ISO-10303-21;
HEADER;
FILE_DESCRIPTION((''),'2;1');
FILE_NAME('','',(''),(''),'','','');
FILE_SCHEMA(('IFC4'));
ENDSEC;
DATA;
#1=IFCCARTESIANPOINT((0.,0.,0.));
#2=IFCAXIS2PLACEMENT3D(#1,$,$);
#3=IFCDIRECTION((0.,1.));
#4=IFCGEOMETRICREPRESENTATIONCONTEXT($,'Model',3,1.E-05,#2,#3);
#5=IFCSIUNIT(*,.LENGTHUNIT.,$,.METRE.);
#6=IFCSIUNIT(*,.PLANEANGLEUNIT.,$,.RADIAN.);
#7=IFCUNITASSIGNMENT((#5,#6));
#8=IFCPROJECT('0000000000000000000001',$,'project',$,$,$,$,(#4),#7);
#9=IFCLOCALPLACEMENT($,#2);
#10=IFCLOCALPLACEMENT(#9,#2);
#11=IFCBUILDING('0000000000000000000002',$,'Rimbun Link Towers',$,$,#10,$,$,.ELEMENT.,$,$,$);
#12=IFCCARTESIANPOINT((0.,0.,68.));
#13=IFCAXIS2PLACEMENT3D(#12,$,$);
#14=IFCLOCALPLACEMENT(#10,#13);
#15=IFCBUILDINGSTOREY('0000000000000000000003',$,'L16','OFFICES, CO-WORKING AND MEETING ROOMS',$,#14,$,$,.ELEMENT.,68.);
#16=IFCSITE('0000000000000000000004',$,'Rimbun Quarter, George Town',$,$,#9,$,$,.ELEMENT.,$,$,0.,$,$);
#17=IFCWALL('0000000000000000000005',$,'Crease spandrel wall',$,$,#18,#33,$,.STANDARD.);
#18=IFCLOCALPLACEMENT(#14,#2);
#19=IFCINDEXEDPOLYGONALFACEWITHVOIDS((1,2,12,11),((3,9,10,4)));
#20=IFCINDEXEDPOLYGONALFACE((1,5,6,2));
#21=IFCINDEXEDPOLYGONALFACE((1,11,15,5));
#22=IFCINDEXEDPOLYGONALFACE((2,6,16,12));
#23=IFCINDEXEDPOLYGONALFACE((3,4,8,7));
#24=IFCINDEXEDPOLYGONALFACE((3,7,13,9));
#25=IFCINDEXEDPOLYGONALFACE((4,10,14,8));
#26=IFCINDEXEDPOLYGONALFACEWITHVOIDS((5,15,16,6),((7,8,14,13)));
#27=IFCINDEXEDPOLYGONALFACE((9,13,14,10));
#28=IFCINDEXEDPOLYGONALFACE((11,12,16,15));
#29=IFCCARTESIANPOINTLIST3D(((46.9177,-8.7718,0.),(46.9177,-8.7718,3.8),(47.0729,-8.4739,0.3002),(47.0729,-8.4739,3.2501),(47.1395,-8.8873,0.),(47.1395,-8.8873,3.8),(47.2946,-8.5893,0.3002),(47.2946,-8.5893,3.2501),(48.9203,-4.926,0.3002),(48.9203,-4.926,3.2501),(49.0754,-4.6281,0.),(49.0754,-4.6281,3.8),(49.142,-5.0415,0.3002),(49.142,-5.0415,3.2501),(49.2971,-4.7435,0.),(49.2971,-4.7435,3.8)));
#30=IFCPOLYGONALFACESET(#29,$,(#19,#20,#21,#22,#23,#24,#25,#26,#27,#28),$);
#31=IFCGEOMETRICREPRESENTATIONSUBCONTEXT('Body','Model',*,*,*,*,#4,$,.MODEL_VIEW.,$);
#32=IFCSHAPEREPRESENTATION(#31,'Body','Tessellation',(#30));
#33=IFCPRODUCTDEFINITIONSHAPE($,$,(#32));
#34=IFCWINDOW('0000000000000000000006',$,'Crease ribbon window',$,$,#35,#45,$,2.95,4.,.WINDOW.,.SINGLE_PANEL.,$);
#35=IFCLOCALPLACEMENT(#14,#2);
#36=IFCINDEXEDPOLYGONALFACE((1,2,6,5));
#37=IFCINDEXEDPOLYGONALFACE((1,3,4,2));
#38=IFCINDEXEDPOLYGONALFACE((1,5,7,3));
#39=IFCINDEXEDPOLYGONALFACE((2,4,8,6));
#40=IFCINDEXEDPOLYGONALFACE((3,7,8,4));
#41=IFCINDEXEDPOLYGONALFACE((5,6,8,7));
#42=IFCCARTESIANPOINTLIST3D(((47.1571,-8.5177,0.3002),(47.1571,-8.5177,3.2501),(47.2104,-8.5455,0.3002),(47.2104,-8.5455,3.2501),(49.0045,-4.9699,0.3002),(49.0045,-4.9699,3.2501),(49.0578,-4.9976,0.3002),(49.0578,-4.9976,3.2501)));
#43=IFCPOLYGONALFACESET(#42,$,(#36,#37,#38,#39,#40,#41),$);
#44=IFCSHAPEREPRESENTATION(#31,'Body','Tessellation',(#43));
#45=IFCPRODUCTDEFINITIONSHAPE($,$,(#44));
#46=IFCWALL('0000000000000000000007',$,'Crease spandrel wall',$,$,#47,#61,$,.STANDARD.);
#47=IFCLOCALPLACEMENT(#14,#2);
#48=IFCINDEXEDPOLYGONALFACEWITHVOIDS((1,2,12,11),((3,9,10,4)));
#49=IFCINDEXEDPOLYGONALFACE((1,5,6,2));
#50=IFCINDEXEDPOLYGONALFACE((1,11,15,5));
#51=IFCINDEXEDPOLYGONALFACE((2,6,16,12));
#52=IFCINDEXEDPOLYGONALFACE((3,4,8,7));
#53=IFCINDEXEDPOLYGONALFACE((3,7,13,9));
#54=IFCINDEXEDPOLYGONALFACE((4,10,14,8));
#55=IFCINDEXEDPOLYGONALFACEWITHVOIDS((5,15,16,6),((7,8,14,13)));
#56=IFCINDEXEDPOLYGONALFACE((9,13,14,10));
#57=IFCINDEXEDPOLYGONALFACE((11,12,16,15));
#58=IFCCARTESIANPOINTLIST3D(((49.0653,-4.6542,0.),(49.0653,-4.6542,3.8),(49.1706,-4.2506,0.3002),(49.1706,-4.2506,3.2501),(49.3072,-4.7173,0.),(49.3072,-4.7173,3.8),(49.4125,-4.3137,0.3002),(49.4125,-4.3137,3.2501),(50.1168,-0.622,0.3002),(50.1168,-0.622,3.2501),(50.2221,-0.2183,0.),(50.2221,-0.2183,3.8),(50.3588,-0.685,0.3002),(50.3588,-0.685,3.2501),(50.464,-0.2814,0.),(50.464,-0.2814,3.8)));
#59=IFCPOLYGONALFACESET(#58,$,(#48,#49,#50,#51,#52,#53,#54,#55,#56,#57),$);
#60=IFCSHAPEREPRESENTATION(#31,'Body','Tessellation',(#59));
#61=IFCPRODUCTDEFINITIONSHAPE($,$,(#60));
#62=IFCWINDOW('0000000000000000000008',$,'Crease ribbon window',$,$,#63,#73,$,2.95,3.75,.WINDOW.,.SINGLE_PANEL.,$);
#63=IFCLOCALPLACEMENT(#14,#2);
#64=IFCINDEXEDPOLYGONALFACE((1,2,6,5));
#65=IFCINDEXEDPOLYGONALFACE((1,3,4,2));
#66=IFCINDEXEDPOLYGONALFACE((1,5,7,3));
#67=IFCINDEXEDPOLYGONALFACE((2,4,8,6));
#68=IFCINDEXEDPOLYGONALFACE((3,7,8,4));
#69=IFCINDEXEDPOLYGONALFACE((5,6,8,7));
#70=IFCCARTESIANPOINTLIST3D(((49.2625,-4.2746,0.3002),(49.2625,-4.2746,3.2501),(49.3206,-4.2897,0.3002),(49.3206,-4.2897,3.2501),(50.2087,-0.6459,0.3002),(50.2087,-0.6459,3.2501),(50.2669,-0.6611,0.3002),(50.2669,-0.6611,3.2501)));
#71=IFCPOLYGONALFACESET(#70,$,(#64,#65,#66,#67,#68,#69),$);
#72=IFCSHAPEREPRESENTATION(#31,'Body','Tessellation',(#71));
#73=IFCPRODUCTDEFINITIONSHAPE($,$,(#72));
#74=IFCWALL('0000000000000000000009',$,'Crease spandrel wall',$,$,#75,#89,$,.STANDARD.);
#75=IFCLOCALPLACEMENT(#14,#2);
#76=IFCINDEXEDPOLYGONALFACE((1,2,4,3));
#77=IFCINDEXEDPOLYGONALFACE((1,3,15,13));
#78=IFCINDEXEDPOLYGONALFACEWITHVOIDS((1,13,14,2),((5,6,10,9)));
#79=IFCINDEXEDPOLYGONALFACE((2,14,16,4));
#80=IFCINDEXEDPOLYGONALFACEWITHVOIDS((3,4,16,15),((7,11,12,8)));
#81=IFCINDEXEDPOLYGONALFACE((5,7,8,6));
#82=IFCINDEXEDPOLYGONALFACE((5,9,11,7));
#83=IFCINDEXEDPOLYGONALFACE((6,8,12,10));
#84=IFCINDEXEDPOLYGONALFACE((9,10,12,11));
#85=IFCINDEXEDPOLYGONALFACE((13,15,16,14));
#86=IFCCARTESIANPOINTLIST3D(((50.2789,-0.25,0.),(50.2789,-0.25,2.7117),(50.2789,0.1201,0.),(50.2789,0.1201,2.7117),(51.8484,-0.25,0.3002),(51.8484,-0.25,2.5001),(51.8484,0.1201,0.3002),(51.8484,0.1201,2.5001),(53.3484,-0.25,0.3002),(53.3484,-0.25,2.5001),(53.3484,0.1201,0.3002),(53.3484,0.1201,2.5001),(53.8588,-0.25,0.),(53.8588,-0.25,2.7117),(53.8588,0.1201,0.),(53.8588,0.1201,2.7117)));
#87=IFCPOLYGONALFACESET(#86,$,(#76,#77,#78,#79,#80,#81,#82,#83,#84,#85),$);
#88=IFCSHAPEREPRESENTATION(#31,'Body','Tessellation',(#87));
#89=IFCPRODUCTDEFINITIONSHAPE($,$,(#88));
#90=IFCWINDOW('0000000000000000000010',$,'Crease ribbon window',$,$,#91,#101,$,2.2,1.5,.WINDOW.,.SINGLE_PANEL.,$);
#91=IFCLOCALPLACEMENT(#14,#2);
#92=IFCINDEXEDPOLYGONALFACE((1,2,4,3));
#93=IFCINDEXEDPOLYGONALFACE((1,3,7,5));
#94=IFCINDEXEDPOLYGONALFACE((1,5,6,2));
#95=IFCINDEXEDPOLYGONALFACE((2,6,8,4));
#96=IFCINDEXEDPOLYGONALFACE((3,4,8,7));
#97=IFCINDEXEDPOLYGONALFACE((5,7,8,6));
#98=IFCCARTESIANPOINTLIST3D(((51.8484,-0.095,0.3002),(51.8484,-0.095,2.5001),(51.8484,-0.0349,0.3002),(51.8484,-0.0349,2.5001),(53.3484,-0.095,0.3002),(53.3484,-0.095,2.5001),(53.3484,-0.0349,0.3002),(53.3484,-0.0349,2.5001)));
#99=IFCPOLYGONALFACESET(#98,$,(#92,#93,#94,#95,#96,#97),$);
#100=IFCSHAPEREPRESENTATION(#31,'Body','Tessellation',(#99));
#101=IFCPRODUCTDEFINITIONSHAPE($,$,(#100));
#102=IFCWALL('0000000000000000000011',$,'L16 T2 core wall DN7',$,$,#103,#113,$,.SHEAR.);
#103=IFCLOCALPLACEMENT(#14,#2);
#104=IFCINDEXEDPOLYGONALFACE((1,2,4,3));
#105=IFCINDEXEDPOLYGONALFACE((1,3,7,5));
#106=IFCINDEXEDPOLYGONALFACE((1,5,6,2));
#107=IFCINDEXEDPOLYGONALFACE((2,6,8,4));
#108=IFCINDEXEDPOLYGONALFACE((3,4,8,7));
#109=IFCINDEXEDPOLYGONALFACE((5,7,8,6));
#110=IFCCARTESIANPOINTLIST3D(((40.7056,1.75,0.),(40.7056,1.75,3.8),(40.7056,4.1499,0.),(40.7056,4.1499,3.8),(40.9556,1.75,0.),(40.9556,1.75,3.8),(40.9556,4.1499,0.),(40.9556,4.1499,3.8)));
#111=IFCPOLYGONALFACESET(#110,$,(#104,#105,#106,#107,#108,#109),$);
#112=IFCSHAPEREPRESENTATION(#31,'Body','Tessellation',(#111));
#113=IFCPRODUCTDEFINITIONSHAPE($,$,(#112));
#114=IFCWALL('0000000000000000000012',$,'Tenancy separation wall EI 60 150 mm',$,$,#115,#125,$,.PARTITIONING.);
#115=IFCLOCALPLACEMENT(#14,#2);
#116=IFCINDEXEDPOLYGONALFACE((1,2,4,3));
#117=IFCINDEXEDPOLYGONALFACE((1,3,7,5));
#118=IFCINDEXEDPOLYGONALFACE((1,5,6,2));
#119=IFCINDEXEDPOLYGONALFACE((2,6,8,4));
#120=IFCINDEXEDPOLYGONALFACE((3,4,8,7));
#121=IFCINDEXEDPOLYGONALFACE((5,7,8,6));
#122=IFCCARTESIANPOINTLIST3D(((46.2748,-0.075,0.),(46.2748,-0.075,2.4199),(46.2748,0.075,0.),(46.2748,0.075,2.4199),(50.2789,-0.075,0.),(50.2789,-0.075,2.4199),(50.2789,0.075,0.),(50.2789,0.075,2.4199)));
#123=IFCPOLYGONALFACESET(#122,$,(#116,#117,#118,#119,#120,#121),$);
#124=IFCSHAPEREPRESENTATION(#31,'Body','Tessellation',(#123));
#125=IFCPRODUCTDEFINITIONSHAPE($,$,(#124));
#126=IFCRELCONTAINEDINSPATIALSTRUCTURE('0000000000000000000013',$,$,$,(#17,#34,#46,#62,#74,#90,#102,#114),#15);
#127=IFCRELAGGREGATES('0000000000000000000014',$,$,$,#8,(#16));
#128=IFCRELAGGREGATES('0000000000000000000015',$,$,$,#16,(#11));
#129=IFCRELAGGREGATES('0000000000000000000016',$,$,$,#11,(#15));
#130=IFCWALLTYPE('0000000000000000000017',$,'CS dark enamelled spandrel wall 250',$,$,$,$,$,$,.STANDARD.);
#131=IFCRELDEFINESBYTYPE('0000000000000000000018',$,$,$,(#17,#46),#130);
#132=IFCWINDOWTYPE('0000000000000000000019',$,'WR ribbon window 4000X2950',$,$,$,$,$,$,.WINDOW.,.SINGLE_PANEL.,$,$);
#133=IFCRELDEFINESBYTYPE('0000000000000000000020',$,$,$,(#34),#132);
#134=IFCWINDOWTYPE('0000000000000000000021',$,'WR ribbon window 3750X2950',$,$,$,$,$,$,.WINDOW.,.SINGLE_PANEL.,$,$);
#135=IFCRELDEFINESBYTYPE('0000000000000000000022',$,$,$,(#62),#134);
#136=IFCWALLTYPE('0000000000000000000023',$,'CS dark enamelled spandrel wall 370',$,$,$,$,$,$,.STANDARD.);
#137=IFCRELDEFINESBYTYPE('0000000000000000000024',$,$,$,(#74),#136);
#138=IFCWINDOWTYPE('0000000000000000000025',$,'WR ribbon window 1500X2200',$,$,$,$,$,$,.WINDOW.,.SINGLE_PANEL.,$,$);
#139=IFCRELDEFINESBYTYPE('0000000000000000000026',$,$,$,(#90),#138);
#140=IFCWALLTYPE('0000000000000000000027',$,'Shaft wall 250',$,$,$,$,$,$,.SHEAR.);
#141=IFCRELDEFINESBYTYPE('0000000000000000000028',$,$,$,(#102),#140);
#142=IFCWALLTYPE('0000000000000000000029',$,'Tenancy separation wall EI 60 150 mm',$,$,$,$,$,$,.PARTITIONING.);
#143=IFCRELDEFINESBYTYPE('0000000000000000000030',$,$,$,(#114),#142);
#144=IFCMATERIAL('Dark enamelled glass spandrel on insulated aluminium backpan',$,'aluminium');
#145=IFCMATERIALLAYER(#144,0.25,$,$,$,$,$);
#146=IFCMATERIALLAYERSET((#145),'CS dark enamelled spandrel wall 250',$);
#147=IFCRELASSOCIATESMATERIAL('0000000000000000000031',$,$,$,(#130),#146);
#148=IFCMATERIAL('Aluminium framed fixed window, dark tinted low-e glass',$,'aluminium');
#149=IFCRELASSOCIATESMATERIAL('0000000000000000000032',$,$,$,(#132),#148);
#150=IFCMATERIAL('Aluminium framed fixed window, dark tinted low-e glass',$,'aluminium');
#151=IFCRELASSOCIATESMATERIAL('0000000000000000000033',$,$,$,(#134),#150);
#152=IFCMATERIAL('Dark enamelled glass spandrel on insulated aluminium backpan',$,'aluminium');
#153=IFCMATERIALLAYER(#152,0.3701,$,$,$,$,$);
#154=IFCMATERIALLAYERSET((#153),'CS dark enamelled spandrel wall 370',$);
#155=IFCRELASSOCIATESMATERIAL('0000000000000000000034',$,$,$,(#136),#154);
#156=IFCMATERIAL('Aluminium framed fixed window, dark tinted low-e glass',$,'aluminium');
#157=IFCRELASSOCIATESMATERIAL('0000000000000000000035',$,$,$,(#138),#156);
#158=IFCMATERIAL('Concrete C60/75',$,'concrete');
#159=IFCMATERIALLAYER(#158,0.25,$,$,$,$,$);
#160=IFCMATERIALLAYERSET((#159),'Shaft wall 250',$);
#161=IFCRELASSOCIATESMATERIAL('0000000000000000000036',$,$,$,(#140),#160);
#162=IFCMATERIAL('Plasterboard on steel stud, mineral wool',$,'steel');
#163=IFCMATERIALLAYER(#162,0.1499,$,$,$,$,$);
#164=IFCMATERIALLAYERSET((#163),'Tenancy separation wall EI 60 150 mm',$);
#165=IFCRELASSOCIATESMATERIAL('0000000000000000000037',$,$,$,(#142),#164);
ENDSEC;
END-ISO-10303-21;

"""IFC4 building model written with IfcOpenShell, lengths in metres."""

from ifc_helpers import new_model, si_unit, direction, frame, frame_2d, origin, place, context, subcontext, project, spatial, rectangle, extrude, material, layer, layer_set, type_object, element, fill, save


model = new_model("IFC4")

# Units and contexts
model_context = context("Model", 3, precision=1e-05, world=origin(), true_north=direction((0.0, 1.0)))
body_context = subcontext(model_context, "Body", "Model", "MODEL_VIEW")
ifc_project = project(units=[si_unit("LENGTHUNIT", "METRE"), si_unit("PLANEANGLEUNIT", "RADIAN")], contexts=[model_context])

# Site, building, storey
site_placement = place(None, origin())
site = spatial("IfcSite", under=ifc_project, at=site_placement, Name="Rimbun Quarter, George Town", CompositionType="ELEMENT", RefElevation=0.0)
building_placement = place(site_placement, origin())
building = spatial("IfcBuilding", under=site, at=building_placement, Name="Rimbun Link Towers", CompositionType="ELEMENT")
storey_placement = place(building_placement, frame((0.0, 0.0, 68.0)))
storey = spatial("IfcBuildingStorey", under=building, at=storey_placement, Name="L16", Description="OFFICES, CO-WORKING AND MEETING ROOMS", CompositionType="ELEMENT", Elevation=68.0)

# Walls, openings, windows
ifc_material_1 = material(Name="Dark enamelled glass spandrel on insulated aluminium backpan", Category="aluminium")
ifc_layer_1 = layer(ifc_material_1, 0.25)
ifc_layer_set_1 = layer_set([ifc_layer_1], Name="CS dark enamelled spandrel wall 250")
wall_type_1 = type_object("IfcWallType", Name="CS dark enamelled spandrel wall 250", PredefinedType="STANDARD", material=ifc_layer_set_1)
wall_1_placement = place(storey_placement, frame((49.1863, -4.6858, 0.0), z_axis=(0.0, 0.0, 1.0), x_axis=(-0.461848, -0.886959, 0.0)))
wall_1 = element("IfcWall", 1, at=wall_1_placement, inside=storey, type_object=wall_type_1, Name="Crease spandrel wall", PredefinedType="STANDARD", context=body_context, shape_type="SweptSolid", body=[
    extrude(rectangle(XDim=4.6719, YDim=0.25, at=frame_2d((2.3359, 0.0))), origin(), (0.0, 0.0, 1.0), 3.8),
])
opening_1_placement = place(wall_1_placement, frame((0.3359, 0.0, 0.3)))
opening_1 = element("IfcOpeningElement", 2, at=opening_1_placement, cuts=wall_1, PredefinedType="OPENING", context=body_context, shape_type="SweptSolid", body=[
    extrude(rectangle(XDim=4.0, YDim=2.95, at=frame_2d((2.0, 1.4751))), frame((0.0, 0.135, 0.0), z_axis=(0.0, -1.0, 0.0), x_axis=(1.0, 0.0, 0.0)), (0.0, 0.0, 1.0), 0.27),
])
ifc_material_2 = material(Name="Aluminium framed fixed window, dark tinted low-e glass", Category="aluminium")
window_type_1 = type_object("IfcWindowType", Name="WR ribbon window 4000X2950", PartitioningType="SINGLE_PANEL", PredefinedType="WINDOW", material=ifc_material_2)
window_1_placement = place(opening_1_placement, origin())
window_1 = element("IfcWindow", 3, at=window_1_placement, inside=storey, type_object=window_type_1, Name="Crease ribbon window", OverallHeight=2.95, OverallWidth=4.0, PartitioningType="SINGLE_PANEL", PredefinedType="WINDOW", context=body_context, shape_type="SweptSolid", body=[
    extrude(rectangle(XDim=4.0, YDim=2.95, at=frame_2d((2.0, 1.4751))), frame((0.0, 0.03, 0.0), z_axis=(0.0, -1.0, 0.0), x_axis=(1.0, 0.0, 0.0)), (0.0, 0.0, 1.0), 0.0601),
])
fill(opening_1, window_1)
wall_2_placement = place(storey_placement, frame((50.343, -0.25, 0.0), z_axis=(0.0, 0.0, 1.0), x_axis=(-0.252335, -0.96764, 0.0)))
wall_2 = element("IfcWall", 4, at=wall_2_placement, inside=storey, type_object=wall_type_1, Name="Crease spandrel wall", PredefinedType="STANDARD", context=body_context, shape_type="SweptSolid", body=[
    extrude(rectangle(XDim=4.5842, YDim=0.25, at=frame_2d((2.292, 0.0))), origin(), (0.0, 0.0, 1.0), 3.8),
])
opening_2_placement = place(wall_2_placement, frame((0.417, 0.0, 0.3)))
opening_2 = element("IfcOpeningElement", 5, at=opening_2_placement, cuts=wall_2, PredefinedType="OPENING", context=body_context, shape_type="SweptSolid", body=[
    extrude(rectangle(XDim=3.75, YDim=2.95, at=frame_2d((1.875, 1.4751))), frame((0.0, 0.135, 0.0), z_axis=(0.0, -1.0, 0.0), x_axis=(1.0, 0.0, 0.0)), (0.0, 0.0, 1.0), 0.27),
])
ifc_material_3 = material(Name="Aluminium framed fixed window, dark tinted low-e glass", Category="aluminium")
window_type_2 = type_object("IfcWindowType", Name="WR ribbon window 3750X2950", PartitioningType="SINGLE_PANEL", PredefinedType="WINDOW", material=ifc_material_3)
window_2_placement = place(opening_2_placement, origin())
window_2 = element("IfcWindow", 6, at=window_2_placement, inside=storey, type_object=window_type_2, Name="Crease ribbon window", OverallHeight=2.95, OverallWidth=3.75, PartitioningType="SINGLE_PANEL", PredefinedType="WINDOW", context=body_context, shape_type="SweptSolid", body=[
    extrude(rectangle(XDim=3.75, YDim=2.95, at=frame_2d((1.875, 1.4751))), frame((0.0, 0.03, 0.0), z_axis=(0.0, -1.0, 0.0), x_axis=(1.0, 0.0, 0.0)), (0.0, 0.0, 1.0), 0.0601),
])
fill(opening_2, window_2)
ifc_material_4 = material(Name="Dark enamelled glass spandrel on insulated aluminium backpan", Category="aluminium")
ifc_layer_2 = layer(ifc_material_4, 0.3701)
ifc_layer_set_2 = layer_set([ifc_layer_2], Name="CS dark enamelled spandrel wall 370")
wall_type_2 = type_object("IfcWallType", Name="CS dark enamelled spandrel wall 370", PredefinedType="STANDARD", material=ifc_layer_set_2)
wall_3_placement = place(storey_placement, frame((53.8589, -0.0649, 0.0), z_axis=(0.0, 0.0, 1.0), x_axis=(-1.0, 0.0, 0.0)))
wall_3 = element("IfcWall", 7, at=wall_3_placement, inside=storey, type_object=wall_type_2, Name="Crease spandrel wall", PredefinedType="STANDARD", context=body_context, shape_type="SweptSolid", body=[
    extrude(rectangle(XDim=3.5798, YDim=0.3701, at=frame_2d((1.79, 0.0))), origin(), (0.0, 0.0, 1.0), 2.7117),
])
opening_3_placement = place(wall_3_placement, frame((0.5105, 0.0, 0.3)))
opening_3 = element("IfcOpeningElement", 8, at=opening_3_placement, cuts=wall_3, PredefinedType="OPENING", context=body_context, shape_type="SweptSolid", body=[
    extrude(rectangle(XDim=1.5, YDim=2.2, at=frame_2d((0.75, 1.1001))), frame((0.0, 0.1951, 0.0), z_axis=(0.0, -1.0, 0.0), x_axis=(1.0, 0.0, 0.0)), (0.0, 0.0, 1.0), 0.3901),
])
ifc_material_5 = material(Name="Aluminium framed fixed window, dark tinted low-e glass", Category="aluminium")
window_type_3 = type_object("IfcWindowType", Name="WR ribbon window 1500X2200", PartitioningType="SINGLE_PANEL", PredefinedType="WINDOW", material=ifc_material_5)
window_3_placement = place(opening_3_placement, origin())
window_3 = element("IfcWindow", 9, at=window_3_placement, inside=storey, type_object=window_type_3, Name="Crease ribbon window", OverallHeight=2.2, OverallWidth=1.5, PartitioningType="SINGLE_PANEL", PredefinedType="WINDOW", context=body_context, shape_type="SweptSolid", body=[
    extrude(rectangle(XDim=1.5, YDim=2.2, at=frame_2d((0.75, 1.1001))), frame((0.0, 0.03, 0.0), z_axis=(0.0, -1.0, 0.0), x_axis=(1.0, 0.0, 0.0)), (0.0, 0.0, 1.0), 0.0601),
])
fill(opening_3, window_3)

# Walls
ifc_material_6 = material(Name="Concrete C60/75", Category="concrete")
ifc_layer_3 = layer(ifc_material_6, 0.25)
ifc_layer_set_3 = layer_set([ifc_layer_3], Name="Shaft wall 250")
wall_type_3 = type_object("IfcWallType", Name="Shaft wall 250", PredefinedType="SHEAR", material=ifc_layer_set_3)
wall_4_placement = place(storey_placement, frame((40.8306, 1.75, 0.0), z_axis=(0.0, 0.0, 1.0), x_axis=(0.0, 1.0, 0.0)))
element("IfcWall", 10, at=wall_4_placement, inside=storey, type_object=wall_type_3, Name="L16 T2 core wall DN7", PredefinedType="SHEAR", context=body_context, shape_type="SweptSolid", body=[
    extrude(rectangle(XDim=2.3999, YDim=0.25, at=frame_2d((1.2, 0.0))), origin(), (0.0, 0.0, 1.0), 3.8),
])
ifc_material_7 = material(Name="Plasterboard on steel stud, mineral wool", Category="steel")
ifc_layer_4 = layer(ifc_material_7, 0.1499)
ifc_layer_set_4 = layer_set([ifc_layer_4], Name="Tenancy separation wall EI 60 150 mm")
wall_type_4 = type_object("IfcWallType", Name="Tenancy separation wall EI 60 150 mm", PredefinedType="PARTITIONING", material=ifc_layer_set_4)
wall_5_placement = place(storey_placement, frame((46.2749, 0.0, 0.0), z_axis=(0.0, 0.0, 1.0), x_axis=(1.0, 0.0, 0.0)))
element("IfcWall", 11, at=wall_5_placement, inside=storey, type_object=wall_type_4, Name="Tenancy separation wall EI 60 150 mm", PredefinedType="PARTITIONING", context=body_context, shape_type="SweptSolid", body=[
    extrude(rectangle(XDim=4.0042, YDim=0.1499, at=frame_2d((2.002, 0.0))), origin(), (0.0, 0.0, 1.0), 2.4199),
])

save(model, "model.ifc")
